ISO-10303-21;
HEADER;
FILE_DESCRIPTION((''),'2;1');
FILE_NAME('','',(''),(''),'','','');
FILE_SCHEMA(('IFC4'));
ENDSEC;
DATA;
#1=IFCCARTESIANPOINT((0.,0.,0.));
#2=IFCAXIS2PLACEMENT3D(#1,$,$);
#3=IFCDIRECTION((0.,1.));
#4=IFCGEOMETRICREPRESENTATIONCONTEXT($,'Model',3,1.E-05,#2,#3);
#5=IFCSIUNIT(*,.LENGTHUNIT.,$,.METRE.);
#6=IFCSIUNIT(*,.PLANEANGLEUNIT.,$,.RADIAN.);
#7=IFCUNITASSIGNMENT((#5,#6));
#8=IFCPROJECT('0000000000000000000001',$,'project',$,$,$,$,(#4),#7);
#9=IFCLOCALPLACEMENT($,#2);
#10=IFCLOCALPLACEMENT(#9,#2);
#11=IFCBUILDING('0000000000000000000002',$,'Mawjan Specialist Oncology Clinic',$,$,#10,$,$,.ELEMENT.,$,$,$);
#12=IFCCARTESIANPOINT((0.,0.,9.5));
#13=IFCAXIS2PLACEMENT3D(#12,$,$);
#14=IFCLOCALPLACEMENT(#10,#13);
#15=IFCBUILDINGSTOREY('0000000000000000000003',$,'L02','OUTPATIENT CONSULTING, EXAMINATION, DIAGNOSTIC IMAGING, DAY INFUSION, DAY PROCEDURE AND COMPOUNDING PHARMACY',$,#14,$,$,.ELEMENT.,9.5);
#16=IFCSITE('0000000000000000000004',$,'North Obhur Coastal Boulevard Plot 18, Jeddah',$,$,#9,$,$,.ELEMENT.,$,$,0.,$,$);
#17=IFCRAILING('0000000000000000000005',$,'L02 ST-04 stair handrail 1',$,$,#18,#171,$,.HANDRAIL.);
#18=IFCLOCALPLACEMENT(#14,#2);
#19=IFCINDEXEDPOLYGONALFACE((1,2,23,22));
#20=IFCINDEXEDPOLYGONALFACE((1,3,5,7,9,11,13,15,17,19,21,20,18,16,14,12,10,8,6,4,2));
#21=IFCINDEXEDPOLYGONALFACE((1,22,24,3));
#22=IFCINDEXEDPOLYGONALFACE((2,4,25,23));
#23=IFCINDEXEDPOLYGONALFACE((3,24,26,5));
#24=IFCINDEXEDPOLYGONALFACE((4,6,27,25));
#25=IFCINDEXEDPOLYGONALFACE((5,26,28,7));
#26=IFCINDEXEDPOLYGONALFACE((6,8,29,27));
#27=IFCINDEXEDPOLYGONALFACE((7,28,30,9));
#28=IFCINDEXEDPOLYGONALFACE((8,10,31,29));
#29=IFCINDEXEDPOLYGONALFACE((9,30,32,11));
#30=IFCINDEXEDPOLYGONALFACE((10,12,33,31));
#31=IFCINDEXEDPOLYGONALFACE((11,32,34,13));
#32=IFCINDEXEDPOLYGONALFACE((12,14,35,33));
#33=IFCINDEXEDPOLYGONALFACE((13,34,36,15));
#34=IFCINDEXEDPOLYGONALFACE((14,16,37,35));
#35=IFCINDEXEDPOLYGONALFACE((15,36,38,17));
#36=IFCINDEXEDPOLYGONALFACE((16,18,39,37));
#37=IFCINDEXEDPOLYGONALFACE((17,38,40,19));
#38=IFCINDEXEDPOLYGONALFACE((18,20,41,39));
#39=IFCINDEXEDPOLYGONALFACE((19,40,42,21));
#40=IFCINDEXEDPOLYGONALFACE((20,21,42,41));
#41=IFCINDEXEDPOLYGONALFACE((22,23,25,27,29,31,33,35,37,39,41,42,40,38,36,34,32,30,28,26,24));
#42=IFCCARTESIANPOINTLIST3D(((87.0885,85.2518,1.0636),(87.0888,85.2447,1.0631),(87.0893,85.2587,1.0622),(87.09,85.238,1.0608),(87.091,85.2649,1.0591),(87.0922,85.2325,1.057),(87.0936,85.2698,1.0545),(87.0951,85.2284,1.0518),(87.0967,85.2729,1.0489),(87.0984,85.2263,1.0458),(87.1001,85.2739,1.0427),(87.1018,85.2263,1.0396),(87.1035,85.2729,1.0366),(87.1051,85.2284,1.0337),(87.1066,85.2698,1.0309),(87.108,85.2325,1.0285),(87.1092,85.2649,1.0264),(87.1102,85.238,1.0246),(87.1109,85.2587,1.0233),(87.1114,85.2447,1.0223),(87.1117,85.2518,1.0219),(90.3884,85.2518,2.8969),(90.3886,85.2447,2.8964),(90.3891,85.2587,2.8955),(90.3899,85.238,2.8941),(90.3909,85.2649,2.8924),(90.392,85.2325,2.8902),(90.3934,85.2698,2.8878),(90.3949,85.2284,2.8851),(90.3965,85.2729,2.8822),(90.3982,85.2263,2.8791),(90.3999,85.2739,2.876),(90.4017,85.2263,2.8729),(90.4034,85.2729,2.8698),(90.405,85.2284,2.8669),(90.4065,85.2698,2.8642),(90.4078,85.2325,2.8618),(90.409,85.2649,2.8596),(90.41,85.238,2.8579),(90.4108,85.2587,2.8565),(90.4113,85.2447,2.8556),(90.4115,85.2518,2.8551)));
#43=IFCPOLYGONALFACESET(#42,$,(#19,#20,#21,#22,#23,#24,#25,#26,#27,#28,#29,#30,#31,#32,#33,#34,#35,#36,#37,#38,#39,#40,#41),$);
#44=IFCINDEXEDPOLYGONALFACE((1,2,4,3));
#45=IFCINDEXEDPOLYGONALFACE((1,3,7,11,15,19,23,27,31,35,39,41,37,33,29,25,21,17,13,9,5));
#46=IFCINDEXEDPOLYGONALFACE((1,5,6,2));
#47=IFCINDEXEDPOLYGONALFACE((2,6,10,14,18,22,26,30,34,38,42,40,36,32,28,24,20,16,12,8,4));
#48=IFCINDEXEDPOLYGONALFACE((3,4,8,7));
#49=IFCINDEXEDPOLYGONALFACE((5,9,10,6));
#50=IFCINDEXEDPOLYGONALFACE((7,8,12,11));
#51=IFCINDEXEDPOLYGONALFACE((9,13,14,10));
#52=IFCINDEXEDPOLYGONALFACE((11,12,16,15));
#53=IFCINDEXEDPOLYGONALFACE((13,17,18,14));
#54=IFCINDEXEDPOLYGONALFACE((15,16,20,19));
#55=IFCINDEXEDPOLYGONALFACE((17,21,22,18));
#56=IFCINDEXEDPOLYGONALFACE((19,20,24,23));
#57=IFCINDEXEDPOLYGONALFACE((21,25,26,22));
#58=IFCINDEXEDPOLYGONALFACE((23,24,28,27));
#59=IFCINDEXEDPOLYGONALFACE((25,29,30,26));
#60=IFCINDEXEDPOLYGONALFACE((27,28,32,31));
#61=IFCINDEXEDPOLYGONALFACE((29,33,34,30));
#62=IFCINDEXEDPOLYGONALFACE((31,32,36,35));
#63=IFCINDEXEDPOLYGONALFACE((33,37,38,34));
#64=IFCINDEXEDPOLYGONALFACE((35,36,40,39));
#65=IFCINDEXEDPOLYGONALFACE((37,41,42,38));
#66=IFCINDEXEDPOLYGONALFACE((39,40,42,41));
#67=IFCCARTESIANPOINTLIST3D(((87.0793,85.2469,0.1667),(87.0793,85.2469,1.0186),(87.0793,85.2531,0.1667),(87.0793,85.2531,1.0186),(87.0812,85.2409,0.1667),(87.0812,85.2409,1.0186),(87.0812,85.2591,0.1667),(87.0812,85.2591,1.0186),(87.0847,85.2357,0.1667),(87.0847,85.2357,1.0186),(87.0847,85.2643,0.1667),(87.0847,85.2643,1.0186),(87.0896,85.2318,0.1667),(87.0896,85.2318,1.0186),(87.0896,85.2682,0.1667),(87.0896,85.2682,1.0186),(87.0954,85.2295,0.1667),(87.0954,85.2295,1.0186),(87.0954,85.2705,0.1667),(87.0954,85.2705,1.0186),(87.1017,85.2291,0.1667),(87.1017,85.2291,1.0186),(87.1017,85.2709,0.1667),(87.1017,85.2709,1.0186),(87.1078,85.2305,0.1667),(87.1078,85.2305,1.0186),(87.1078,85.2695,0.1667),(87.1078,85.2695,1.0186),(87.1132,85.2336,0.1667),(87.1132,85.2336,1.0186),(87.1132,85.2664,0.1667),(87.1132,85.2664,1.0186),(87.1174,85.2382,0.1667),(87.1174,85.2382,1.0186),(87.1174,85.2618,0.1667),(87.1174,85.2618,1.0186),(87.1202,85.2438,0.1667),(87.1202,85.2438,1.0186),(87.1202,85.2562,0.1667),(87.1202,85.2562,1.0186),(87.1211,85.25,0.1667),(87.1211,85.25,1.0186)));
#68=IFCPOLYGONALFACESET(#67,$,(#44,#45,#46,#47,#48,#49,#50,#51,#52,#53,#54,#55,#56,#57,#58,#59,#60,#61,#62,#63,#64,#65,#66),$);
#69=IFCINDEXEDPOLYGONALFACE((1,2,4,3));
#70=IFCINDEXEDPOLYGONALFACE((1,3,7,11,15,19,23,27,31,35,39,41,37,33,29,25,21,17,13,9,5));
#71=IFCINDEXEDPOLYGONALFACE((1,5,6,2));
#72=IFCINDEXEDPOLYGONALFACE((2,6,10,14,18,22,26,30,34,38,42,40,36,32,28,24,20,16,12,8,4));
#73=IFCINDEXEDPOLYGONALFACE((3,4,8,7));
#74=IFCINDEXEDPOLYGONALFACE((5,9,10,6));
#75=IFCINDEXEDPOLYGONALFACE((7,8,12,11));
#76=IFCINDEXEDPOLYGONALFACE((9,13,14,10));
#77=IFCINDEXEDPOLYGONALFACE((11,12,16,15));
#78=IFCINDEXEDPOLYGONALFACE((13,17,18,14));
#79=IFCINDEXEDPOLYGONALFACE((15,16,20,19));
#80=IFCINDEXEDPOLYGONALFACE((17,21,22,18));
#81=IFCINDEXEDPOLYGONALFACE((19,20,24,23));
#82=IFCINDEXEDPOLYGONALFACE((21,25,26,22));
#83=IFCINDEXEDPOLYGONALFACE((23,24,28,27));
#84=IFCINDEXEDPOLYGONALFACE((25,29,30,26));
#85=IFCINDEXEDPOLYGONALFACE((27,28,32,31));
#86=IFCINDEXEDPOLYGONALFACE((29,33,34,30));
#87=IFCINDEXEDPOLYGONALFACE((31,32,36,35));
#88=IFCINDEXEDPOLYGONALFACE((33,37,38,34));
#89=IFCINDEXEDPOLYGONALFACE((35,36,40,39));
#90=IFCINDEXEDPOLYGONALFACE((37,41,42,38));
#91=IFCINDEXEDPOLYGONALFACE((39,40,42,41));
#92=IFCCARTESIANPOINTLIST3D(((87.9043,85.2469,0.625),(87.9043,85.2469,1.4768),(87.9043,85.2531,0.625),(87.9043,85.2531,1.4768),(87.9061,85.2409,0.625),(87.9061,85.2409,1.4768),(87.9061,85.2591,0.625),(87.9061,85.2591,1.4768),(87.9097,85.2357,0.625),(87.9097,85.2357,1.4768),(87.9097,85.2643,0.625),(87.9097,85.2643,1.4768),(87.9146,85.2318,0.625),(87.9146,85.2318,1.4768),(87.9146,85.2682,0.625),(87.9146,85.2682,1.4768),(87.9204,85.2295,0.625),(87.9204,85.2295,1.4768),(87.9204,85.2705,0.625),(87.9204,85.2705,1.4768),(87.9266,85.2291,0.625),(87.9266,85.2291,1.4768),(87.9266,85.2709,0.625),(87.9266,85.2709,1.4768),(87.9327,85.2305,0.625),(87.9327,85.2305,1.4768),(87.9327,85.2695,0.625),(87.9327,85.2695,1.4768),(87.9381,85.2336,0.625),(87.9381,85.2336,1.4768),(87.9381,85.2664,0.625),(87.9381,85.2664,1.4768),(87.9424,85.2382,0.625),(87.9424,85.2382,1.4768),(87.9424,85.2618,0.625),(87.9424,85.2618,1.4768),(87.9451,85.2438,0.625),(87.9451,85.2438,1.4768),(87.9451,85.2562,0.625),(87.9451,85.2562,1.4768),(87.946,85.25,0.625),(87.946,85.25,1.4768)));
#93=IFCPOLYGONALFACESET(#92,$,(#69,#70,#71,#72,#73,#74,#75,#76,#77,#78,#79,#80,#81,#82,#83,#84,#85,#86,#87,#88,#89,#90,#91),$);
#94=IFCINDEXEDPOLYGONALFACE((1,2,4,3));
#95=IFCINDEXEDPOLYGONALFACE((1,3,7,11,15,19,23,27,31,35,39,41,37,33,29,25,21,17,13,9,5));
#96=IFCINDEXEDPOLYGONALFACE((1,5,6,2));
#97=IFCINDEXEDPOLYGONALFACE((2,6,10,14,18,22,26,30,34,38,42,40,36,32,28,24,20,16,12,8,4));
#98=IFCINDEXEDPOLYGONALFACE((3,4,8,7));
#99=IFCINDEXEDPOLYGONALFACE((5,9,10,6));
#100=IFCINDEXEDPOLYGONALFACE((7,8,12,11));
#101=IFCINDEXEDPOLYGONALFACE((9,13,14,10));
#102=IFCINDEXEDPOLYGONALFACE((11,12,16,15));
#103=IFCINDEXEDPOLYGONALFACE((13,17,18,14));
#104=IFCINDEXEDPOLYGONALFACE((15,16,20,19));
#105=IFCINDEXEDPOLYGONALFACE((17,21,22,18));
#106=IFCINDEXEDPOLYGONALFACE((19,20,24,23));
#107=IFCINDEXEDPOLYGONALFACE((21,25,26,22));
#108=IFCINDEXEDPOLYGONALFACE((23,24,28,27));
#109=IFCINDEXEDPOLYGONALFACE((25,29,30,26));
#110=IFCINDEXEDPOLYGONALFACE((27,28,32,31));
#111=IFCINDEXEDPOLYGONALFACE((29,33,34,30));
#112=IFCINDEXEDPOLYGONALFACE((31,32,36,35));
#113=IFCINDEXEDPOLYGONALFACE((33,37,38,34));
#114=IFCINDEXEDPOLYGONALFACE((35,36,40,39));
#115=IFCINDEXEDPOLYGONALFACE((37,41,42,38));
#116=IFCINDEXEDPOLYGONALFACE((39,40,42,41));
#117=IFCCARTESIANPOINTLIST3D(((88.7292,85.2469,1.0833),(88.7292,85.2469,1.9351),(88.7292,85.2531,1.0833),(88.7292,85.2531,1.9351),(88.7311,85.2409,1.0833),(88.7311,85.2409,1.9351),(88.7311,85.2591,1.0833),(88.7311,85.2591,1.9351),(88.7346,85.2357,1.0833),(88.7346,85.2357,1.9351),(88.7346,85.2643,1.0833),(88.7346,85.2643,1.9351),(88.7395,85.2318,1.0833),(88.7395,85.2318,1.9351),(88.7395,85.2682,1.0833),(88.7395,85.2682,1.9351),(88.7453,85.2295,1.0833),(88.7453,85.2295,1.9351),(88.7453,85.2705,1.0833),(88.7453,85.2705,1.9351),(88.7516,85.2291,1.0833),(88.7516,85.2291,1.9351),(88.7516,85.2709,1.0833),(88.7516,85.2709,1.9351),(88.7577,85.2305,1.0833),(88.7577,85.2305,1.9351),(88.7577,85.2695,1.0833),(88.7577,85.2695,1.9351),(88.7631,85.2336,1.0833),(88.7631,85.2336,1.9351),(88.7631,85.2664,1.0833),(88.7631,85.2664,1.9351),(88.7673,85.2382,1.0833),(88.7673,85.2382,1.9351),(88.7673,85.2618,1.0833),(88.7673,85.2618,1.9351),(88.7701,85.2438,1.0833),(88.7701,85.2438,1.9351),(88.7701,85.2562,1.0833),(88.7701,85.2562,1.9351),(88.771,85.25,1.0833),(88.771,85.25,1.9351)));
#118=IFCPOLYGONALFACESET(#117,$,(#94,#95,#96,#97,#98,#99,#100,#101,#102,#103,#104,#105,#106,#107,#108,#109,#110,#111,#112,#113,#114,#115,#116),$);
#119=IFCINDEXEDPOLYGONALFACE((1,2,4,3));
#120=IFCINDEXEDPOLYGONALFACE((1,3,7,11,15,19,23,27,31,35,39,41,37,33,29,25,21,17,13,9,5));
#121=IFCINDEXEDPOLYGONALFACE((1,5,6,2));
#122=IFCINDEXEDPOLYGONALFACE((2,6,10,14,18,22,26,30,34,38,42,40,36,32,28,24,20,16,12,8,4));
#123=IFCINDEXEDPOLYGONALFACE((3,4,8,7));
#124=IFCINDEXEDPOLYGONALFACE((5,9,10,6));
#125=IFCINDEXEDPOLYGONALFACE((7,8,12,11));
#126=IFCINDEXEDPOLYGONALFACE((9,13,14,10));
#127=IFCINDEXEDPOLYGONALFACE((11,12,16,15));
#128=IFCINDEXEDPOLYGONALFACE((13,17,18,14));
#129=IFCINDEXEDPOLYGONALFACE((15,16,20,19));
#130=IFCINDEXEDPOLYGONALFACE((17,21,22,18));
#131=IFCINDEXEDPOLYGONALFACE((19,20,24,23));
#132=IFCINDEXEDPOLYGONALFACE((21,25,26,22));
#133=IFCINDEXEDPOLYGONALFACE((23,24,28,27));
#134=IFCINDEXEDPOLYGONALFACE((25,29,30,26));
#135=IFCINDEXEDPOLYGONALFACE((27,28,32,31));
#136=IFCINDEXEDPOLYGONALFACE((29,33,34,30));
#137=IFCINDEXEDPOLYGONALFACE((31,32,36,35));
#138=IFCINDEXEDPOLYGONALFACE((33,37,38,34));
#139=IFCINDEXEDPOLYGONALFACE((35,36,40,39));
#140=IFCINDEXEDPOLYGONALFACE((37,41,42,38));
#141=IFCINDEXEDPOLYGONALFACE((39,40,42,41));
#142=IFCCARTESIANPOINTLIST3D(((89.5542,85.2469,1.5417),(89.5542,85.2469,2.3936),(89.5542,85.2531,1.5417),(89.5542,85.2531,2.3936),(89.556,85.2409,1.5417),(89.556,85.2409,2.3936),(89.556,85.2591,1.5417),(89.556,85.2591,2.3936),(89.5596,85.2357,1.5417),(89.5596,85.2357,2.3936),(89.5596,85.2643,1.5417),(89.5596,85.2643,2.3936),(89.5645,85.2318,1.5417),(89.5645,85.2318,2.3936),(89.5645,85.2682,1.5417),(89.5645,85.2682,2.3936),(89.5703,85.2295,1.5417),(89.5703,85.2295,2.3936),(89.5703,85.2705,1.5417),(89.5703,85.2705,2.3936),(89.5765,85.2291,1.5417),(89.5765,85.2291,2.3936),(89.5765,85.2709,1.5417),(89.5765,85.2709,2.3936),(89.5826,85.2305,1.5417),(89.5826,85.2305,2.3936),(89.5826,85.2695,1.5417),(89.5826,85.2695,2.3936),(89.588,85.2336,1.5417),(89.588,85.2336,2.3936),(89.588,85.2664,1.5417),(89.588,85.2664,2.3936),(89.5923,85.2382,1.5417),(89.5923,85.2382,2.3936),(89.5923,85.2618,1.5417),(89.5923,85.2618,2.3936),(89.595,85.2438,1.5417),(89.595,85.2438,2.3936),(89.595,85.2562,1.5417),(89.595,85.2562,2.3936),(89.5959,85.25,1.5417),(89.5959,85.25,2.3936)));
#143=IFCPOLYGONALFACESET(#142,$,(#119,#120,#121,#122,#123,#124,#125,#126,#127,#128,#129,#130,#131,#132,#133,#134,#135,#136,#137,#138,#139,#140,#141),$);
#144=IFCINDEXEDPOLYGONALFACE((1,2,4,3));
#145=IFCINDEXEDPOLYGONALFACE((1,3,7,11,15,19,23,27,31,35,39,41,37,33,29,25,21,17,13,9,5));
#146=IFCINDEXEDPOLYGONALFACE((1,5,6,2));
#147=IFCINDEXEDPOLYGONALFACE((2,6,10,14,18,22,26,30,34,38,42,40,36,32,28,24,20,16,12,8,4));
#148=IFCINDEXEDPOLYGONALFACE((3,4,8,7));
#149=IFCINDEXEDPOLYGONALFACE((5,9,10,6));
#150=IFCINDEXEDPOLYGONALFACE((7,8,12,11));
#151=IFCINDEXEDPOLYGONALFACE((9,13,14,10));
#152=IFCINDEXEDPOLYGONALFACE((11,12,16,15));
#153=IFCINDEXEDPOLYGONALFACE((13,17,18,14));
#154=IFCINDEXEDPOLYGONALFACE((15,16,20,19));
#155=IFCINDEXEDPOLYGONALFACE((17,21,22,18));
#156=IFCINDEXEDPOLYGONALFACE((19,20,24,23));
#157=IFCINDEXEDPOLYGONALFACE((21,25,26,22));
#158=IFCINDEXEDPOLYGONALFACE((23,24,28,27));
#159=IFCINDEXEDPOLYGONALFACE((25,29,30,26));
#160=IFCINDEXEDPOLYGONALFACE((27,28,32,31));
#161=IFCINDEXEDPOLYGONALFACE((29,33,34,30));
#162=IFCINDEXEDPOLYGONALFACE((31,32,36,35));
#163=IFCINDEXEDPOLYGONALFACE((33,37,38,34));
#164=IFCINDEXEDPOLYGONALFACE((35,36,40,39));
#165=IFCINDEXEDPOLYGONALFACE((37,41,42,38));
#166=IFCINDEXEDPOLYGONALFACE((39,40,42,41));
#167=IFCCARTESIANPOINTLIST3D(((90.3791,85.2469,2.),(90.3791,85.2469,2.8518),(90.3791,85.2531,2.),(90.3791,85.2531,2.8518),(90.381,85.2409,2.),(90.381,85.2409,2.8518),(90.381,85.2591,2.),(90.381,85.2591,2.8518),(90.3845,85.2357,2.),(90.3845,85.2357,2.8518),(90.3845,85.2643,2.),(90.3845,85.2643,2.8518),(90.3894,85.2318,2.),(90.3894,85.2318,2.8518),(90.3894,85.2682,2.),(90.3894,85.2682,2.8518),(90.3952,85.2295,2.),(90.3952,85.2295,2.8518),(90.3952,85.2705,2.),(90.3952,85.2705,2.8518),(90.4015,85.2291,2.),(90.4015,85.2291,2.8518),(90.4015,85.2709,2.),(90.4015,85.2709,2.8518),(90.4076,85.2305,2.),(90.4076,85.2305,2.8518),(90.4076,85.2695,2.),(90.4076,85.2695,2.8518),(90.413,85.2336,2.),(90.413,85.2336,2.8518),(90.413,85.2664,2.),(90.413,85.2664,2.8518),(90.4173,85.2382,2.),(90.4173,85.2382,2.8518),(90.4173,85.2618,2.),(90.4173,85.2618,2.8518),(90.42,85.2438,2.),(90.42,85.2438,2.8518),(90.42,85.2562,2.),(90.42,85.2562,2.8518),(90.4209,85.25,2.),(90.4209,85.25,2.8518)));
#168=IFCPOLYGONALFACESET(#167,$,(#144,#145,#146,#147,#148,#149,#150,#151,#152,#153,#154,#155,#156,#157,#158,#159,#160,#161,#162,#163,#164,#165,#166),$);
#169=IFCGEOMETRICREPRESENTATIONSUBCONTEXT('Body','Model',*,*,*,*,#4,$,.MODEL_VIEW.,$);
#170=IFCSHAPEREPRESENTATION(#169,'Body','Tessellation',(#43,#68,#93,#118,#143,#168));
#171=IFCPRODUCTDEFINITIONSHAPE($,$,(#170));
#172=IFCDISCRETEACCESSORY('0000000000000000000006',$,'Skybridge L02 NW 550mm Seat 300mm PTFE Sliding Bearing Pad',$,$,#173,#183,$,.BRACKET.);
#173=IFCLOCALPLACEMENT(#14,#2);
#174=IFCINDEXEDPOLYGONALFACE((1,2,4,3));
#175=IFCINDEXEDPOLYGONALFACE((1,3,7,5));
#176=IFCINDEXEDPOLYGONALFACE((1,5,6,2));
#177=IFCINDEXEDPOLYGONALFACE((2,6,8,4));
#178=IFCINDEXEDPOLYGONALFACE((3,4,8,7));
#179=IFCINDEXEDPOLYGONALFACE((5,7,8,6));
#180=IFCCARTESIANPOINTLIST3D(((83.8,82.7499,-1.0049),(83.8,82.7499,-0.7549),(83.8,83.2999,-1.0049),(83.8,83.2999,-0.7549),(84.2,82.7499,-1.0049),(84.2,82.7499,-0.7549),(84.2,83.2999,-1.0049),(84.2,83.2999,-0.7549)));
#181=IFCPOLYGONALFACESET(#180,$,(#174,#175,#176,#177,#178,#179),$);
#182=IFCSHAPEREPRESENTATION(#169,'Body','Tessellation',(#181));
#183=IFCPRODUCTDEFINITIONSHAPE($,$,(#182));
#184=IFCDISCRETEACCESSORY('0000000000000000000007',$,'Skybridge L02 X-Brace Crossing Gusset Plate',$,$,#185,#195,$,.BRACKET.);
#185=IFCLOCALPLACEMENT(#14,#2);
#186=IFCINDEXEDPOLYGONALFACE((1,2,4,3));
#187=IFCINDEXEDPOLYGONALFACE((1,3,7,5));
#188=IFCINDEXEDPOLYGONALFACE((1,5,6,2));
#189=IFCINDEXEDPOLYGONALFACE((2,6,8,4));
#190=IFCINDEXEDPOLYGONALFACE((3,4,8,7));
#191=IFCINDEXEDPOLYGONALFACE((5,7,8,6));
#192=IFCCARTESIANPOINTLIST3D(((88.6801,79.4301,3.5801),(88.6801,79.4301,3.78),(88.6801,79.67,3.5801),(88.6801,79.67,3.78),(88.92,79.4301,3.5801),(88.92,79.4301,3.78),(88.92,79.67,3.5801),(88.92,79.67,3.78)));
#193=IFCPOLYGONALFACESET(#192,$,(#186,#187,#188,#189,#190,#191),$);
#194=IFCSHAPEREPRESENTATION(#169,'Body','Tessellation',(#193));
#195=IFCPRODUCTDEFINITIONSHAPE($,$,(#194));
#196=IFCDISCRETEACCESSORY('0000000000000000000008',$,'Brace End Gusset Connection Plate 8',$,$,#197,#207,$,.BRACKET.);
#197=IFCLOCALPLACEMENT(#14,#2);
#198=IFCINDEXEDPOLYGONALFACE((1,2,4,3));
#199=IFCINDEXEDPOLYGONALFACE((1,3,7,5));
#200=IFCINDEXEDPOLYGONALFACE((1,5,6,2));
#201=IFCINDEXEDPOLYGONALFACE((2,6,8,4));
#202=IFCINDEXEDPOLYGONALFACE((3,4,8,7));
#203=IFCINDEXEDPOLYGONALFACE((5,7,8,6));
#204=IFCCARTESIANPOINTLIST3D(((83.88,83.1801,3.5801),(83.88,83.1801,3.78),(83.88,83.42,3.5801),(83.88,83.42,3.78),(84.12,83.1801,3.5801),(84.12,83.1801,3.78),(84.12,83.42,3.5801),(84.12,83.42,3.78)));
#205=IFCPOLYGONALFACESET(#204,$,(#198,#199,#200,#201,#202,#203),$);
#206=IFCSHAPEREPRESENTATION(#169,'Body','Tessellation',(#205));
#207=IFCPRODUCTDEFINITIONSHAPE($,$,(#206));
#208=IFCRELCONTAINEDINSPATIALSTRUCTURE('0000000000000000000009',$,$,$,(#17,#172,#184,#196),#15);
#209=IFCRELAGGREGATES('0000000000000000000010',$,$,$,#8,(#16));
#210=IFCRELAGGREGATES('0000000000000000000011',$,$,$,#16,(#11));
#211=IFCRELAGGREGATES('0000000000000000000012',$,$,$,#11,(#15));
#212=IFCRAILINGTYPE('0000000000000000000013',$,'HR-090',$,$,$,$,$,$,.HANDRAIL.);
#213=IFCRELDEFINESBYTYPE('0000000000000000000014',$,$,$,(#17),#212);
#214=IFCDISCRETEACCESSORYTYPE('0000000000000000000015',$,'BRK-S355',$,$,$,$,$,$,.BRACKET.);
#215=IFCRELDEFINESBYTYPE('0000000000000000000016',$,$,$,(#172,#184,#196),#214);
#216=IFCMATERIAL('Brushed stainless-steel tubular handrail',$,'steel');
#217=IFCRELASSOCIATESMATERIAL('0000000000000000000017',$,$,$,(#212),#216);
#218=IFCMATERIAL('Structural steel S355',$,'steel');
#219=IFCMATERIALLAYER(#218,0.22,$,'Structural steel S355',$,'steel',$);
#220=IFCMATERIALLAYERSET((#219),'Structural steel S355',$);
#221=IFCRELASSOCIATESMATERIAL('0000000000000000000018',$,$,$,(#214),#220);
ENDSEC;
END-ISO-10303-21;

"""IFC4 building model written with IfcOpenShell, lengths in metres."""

from ifc_helpers import new_model, si_unit, direction, frame, origin, origin_2d, place, context, subcontext, project, spatial, rectangle, circle, extrude, material, layer, layer_set, type_object, element, save


model = new_model("IFC4")

# Units and contexts
model_context = context("Model", 3, precision=1e-05, world=origin(), true_north=direction((0.0, 1.0)))
body_context = subcontext(model_context, "Body", "Model", "MODEL_VIEW")
ifc_project = project(units=[si_unit("LENGTHUNIT", "METRE"), si_unit("PLANEANGLEUNIT", "RADIAN")], contexts=[model_context])

# Site, building, storey
site_placement = place(None, origin())
site = spatial("IfcSite", under=ifc_project, at=site_placement, Name="North Obhur Coastal Boulevard Plot 18, Jeddah", CompositionType="ELEMENT", RefElevation=0.0)
building_placement = place(site_placement, origin())
building = spatial("IfcBuilding", under=site, at=building_placement, Name="Mawjan Specialist Oncology Clinic", CompositionType="ELEMENT")
storey_placement = place(building_placement, frame((0.0, 0.0, 9.5)))
storey = spatial("IfcBuildingStorey", under=building, at=storey_placement, Name="L02", Description="OUTPATIENT CONSULTING, EXAMINATION, DIAGNOSTIC IMAGING, DAY INFUSION, DAY PROCEDURE AND COMPOUNDING PHARMACY", CompositionType="ELEMENT", Elevation=9.5)

# Railing
ifc_material_1 = material(Name="Brushed stainless-steel tubular handrail", Category="steel")
railing_type_1 = type_object("IfcRailingType", Name="HR-090", PredefinedType="HANDRAIL", material=ifc_material_1)
railing_1_placement = place(storey_placement, frame((87.1001, 85.25, 0.1667)))
element("IfcRailing", 1, at=railing_1_placement, inside=storey, type_object=railing_type_1, Name="L02 ST-04 stair handrail 1", PredefinedType="HANDRAIL", context=body_context, shape_type="SweptSolid", body=[
    extrude(circle(Radius=0.0239, at=origin_2d()), frame((0.0, 0.0, 0.876), z_axis=(0.874154, 0.0, 0.485648), x_axis=(0.0, 1.0, 0.0)), (0.0, 0.0, 1.0), 3.7749),
    extrude(circle(Radius=0.021, at=origin_2d()), origin(), (0.0, 0.0, 1.0), 0.8518),
    extrude(circle(Radius=0.021, at=origin_2d()), frame((0.825, 0.0, 0.4583)), (0.0, 0.0, 1.0), 0.8518),
    extrude(circle(Radius=0.021, at=origin_2d()), frame((1.6499, 0.0, 0.9165)), (0.0, 0.0, 1.0), 0.8518),
    extrude(circle(Radius=0.021, at=origin_2d()), frame((2.4749, 0.0, 1.375)), (0.0, 0.0, 1.0), 0.8518),
    extrude(circle(Radius=0.021, at=origin_2d()), frame((3.2998, 0.0, 1.8333)), (0.0, 0.0, 1.0), 0.8518),
])

# Discrete accessories
ifc_material_2 = material(Name="Structural steel S355", Category="steel")
ifc_layer_1 = layer(ifc_material_2, 0.22, Name="Structural steel S355", Category="steel")
ifc_layer_set_1 = layer_set([ifc_layer_1], Name="Structural steel S355")
discrete_accessory_type = type_object("IfcDiscreteAccessoryType", Name="BRK-S355", PredefinedType="BRACKET", material=ifc_layer_set_1)
discrete_accessory_placement = place(storey_placement, frame((84.0, 83.0249, -1.0049), z_axis=(0.0, 0.0, 1.0), x_axis=(1.0, 0.0, 0.0)))
element("IfcDiscreteAccessory", 2, at=discrete_accessory_placement, inside=storey, type_object=discrete_accessory_type, Name="Skybridge L02 NW 550mm Seat 300mm PTFE Sliding Bearing Pad", PredefinedType="BRACKET", context=body_context, shape_type="SweptSolid", body=[
    extrude(rectangle(XDim=0.3999, YDim=0.55, at=origin_2d()), origin(), (0.0, 0.0, 1.0), 0.25),
])
for number, where, z_axis, x_axis, name in (
    (3, (88.8, 79.55, 3.5801), (0.0, 0.0, 1.0), (1.0, 0.0, 0.0), "Skybridge L02 X-Brace Crossing Gusset Plate"),
    (4, (84.0, 83.3, 3.5801), (0.0, 0.0, 1.0), (1.0, 0.0, 0.0), "Brace End Gusset Connection Plate 8"),
):
    element("IfcDiscreteAccessory", number, at=place(storey_placement, frame(where, z_axis=z_axis, x_axis=x_axis)), inside=storey, type_object=discrete_accessory_type, Name=name, PredefinedType="BRACKET", context=body_context, shape_type="SweptSolid", body=[
        extrude(rectangle(XDim=0.24, YDim=0.24, at=origin_2d()), origin(), (0.0, 0.0, 1.0), 0.2),
    ])

save(model, "model.ifc")
